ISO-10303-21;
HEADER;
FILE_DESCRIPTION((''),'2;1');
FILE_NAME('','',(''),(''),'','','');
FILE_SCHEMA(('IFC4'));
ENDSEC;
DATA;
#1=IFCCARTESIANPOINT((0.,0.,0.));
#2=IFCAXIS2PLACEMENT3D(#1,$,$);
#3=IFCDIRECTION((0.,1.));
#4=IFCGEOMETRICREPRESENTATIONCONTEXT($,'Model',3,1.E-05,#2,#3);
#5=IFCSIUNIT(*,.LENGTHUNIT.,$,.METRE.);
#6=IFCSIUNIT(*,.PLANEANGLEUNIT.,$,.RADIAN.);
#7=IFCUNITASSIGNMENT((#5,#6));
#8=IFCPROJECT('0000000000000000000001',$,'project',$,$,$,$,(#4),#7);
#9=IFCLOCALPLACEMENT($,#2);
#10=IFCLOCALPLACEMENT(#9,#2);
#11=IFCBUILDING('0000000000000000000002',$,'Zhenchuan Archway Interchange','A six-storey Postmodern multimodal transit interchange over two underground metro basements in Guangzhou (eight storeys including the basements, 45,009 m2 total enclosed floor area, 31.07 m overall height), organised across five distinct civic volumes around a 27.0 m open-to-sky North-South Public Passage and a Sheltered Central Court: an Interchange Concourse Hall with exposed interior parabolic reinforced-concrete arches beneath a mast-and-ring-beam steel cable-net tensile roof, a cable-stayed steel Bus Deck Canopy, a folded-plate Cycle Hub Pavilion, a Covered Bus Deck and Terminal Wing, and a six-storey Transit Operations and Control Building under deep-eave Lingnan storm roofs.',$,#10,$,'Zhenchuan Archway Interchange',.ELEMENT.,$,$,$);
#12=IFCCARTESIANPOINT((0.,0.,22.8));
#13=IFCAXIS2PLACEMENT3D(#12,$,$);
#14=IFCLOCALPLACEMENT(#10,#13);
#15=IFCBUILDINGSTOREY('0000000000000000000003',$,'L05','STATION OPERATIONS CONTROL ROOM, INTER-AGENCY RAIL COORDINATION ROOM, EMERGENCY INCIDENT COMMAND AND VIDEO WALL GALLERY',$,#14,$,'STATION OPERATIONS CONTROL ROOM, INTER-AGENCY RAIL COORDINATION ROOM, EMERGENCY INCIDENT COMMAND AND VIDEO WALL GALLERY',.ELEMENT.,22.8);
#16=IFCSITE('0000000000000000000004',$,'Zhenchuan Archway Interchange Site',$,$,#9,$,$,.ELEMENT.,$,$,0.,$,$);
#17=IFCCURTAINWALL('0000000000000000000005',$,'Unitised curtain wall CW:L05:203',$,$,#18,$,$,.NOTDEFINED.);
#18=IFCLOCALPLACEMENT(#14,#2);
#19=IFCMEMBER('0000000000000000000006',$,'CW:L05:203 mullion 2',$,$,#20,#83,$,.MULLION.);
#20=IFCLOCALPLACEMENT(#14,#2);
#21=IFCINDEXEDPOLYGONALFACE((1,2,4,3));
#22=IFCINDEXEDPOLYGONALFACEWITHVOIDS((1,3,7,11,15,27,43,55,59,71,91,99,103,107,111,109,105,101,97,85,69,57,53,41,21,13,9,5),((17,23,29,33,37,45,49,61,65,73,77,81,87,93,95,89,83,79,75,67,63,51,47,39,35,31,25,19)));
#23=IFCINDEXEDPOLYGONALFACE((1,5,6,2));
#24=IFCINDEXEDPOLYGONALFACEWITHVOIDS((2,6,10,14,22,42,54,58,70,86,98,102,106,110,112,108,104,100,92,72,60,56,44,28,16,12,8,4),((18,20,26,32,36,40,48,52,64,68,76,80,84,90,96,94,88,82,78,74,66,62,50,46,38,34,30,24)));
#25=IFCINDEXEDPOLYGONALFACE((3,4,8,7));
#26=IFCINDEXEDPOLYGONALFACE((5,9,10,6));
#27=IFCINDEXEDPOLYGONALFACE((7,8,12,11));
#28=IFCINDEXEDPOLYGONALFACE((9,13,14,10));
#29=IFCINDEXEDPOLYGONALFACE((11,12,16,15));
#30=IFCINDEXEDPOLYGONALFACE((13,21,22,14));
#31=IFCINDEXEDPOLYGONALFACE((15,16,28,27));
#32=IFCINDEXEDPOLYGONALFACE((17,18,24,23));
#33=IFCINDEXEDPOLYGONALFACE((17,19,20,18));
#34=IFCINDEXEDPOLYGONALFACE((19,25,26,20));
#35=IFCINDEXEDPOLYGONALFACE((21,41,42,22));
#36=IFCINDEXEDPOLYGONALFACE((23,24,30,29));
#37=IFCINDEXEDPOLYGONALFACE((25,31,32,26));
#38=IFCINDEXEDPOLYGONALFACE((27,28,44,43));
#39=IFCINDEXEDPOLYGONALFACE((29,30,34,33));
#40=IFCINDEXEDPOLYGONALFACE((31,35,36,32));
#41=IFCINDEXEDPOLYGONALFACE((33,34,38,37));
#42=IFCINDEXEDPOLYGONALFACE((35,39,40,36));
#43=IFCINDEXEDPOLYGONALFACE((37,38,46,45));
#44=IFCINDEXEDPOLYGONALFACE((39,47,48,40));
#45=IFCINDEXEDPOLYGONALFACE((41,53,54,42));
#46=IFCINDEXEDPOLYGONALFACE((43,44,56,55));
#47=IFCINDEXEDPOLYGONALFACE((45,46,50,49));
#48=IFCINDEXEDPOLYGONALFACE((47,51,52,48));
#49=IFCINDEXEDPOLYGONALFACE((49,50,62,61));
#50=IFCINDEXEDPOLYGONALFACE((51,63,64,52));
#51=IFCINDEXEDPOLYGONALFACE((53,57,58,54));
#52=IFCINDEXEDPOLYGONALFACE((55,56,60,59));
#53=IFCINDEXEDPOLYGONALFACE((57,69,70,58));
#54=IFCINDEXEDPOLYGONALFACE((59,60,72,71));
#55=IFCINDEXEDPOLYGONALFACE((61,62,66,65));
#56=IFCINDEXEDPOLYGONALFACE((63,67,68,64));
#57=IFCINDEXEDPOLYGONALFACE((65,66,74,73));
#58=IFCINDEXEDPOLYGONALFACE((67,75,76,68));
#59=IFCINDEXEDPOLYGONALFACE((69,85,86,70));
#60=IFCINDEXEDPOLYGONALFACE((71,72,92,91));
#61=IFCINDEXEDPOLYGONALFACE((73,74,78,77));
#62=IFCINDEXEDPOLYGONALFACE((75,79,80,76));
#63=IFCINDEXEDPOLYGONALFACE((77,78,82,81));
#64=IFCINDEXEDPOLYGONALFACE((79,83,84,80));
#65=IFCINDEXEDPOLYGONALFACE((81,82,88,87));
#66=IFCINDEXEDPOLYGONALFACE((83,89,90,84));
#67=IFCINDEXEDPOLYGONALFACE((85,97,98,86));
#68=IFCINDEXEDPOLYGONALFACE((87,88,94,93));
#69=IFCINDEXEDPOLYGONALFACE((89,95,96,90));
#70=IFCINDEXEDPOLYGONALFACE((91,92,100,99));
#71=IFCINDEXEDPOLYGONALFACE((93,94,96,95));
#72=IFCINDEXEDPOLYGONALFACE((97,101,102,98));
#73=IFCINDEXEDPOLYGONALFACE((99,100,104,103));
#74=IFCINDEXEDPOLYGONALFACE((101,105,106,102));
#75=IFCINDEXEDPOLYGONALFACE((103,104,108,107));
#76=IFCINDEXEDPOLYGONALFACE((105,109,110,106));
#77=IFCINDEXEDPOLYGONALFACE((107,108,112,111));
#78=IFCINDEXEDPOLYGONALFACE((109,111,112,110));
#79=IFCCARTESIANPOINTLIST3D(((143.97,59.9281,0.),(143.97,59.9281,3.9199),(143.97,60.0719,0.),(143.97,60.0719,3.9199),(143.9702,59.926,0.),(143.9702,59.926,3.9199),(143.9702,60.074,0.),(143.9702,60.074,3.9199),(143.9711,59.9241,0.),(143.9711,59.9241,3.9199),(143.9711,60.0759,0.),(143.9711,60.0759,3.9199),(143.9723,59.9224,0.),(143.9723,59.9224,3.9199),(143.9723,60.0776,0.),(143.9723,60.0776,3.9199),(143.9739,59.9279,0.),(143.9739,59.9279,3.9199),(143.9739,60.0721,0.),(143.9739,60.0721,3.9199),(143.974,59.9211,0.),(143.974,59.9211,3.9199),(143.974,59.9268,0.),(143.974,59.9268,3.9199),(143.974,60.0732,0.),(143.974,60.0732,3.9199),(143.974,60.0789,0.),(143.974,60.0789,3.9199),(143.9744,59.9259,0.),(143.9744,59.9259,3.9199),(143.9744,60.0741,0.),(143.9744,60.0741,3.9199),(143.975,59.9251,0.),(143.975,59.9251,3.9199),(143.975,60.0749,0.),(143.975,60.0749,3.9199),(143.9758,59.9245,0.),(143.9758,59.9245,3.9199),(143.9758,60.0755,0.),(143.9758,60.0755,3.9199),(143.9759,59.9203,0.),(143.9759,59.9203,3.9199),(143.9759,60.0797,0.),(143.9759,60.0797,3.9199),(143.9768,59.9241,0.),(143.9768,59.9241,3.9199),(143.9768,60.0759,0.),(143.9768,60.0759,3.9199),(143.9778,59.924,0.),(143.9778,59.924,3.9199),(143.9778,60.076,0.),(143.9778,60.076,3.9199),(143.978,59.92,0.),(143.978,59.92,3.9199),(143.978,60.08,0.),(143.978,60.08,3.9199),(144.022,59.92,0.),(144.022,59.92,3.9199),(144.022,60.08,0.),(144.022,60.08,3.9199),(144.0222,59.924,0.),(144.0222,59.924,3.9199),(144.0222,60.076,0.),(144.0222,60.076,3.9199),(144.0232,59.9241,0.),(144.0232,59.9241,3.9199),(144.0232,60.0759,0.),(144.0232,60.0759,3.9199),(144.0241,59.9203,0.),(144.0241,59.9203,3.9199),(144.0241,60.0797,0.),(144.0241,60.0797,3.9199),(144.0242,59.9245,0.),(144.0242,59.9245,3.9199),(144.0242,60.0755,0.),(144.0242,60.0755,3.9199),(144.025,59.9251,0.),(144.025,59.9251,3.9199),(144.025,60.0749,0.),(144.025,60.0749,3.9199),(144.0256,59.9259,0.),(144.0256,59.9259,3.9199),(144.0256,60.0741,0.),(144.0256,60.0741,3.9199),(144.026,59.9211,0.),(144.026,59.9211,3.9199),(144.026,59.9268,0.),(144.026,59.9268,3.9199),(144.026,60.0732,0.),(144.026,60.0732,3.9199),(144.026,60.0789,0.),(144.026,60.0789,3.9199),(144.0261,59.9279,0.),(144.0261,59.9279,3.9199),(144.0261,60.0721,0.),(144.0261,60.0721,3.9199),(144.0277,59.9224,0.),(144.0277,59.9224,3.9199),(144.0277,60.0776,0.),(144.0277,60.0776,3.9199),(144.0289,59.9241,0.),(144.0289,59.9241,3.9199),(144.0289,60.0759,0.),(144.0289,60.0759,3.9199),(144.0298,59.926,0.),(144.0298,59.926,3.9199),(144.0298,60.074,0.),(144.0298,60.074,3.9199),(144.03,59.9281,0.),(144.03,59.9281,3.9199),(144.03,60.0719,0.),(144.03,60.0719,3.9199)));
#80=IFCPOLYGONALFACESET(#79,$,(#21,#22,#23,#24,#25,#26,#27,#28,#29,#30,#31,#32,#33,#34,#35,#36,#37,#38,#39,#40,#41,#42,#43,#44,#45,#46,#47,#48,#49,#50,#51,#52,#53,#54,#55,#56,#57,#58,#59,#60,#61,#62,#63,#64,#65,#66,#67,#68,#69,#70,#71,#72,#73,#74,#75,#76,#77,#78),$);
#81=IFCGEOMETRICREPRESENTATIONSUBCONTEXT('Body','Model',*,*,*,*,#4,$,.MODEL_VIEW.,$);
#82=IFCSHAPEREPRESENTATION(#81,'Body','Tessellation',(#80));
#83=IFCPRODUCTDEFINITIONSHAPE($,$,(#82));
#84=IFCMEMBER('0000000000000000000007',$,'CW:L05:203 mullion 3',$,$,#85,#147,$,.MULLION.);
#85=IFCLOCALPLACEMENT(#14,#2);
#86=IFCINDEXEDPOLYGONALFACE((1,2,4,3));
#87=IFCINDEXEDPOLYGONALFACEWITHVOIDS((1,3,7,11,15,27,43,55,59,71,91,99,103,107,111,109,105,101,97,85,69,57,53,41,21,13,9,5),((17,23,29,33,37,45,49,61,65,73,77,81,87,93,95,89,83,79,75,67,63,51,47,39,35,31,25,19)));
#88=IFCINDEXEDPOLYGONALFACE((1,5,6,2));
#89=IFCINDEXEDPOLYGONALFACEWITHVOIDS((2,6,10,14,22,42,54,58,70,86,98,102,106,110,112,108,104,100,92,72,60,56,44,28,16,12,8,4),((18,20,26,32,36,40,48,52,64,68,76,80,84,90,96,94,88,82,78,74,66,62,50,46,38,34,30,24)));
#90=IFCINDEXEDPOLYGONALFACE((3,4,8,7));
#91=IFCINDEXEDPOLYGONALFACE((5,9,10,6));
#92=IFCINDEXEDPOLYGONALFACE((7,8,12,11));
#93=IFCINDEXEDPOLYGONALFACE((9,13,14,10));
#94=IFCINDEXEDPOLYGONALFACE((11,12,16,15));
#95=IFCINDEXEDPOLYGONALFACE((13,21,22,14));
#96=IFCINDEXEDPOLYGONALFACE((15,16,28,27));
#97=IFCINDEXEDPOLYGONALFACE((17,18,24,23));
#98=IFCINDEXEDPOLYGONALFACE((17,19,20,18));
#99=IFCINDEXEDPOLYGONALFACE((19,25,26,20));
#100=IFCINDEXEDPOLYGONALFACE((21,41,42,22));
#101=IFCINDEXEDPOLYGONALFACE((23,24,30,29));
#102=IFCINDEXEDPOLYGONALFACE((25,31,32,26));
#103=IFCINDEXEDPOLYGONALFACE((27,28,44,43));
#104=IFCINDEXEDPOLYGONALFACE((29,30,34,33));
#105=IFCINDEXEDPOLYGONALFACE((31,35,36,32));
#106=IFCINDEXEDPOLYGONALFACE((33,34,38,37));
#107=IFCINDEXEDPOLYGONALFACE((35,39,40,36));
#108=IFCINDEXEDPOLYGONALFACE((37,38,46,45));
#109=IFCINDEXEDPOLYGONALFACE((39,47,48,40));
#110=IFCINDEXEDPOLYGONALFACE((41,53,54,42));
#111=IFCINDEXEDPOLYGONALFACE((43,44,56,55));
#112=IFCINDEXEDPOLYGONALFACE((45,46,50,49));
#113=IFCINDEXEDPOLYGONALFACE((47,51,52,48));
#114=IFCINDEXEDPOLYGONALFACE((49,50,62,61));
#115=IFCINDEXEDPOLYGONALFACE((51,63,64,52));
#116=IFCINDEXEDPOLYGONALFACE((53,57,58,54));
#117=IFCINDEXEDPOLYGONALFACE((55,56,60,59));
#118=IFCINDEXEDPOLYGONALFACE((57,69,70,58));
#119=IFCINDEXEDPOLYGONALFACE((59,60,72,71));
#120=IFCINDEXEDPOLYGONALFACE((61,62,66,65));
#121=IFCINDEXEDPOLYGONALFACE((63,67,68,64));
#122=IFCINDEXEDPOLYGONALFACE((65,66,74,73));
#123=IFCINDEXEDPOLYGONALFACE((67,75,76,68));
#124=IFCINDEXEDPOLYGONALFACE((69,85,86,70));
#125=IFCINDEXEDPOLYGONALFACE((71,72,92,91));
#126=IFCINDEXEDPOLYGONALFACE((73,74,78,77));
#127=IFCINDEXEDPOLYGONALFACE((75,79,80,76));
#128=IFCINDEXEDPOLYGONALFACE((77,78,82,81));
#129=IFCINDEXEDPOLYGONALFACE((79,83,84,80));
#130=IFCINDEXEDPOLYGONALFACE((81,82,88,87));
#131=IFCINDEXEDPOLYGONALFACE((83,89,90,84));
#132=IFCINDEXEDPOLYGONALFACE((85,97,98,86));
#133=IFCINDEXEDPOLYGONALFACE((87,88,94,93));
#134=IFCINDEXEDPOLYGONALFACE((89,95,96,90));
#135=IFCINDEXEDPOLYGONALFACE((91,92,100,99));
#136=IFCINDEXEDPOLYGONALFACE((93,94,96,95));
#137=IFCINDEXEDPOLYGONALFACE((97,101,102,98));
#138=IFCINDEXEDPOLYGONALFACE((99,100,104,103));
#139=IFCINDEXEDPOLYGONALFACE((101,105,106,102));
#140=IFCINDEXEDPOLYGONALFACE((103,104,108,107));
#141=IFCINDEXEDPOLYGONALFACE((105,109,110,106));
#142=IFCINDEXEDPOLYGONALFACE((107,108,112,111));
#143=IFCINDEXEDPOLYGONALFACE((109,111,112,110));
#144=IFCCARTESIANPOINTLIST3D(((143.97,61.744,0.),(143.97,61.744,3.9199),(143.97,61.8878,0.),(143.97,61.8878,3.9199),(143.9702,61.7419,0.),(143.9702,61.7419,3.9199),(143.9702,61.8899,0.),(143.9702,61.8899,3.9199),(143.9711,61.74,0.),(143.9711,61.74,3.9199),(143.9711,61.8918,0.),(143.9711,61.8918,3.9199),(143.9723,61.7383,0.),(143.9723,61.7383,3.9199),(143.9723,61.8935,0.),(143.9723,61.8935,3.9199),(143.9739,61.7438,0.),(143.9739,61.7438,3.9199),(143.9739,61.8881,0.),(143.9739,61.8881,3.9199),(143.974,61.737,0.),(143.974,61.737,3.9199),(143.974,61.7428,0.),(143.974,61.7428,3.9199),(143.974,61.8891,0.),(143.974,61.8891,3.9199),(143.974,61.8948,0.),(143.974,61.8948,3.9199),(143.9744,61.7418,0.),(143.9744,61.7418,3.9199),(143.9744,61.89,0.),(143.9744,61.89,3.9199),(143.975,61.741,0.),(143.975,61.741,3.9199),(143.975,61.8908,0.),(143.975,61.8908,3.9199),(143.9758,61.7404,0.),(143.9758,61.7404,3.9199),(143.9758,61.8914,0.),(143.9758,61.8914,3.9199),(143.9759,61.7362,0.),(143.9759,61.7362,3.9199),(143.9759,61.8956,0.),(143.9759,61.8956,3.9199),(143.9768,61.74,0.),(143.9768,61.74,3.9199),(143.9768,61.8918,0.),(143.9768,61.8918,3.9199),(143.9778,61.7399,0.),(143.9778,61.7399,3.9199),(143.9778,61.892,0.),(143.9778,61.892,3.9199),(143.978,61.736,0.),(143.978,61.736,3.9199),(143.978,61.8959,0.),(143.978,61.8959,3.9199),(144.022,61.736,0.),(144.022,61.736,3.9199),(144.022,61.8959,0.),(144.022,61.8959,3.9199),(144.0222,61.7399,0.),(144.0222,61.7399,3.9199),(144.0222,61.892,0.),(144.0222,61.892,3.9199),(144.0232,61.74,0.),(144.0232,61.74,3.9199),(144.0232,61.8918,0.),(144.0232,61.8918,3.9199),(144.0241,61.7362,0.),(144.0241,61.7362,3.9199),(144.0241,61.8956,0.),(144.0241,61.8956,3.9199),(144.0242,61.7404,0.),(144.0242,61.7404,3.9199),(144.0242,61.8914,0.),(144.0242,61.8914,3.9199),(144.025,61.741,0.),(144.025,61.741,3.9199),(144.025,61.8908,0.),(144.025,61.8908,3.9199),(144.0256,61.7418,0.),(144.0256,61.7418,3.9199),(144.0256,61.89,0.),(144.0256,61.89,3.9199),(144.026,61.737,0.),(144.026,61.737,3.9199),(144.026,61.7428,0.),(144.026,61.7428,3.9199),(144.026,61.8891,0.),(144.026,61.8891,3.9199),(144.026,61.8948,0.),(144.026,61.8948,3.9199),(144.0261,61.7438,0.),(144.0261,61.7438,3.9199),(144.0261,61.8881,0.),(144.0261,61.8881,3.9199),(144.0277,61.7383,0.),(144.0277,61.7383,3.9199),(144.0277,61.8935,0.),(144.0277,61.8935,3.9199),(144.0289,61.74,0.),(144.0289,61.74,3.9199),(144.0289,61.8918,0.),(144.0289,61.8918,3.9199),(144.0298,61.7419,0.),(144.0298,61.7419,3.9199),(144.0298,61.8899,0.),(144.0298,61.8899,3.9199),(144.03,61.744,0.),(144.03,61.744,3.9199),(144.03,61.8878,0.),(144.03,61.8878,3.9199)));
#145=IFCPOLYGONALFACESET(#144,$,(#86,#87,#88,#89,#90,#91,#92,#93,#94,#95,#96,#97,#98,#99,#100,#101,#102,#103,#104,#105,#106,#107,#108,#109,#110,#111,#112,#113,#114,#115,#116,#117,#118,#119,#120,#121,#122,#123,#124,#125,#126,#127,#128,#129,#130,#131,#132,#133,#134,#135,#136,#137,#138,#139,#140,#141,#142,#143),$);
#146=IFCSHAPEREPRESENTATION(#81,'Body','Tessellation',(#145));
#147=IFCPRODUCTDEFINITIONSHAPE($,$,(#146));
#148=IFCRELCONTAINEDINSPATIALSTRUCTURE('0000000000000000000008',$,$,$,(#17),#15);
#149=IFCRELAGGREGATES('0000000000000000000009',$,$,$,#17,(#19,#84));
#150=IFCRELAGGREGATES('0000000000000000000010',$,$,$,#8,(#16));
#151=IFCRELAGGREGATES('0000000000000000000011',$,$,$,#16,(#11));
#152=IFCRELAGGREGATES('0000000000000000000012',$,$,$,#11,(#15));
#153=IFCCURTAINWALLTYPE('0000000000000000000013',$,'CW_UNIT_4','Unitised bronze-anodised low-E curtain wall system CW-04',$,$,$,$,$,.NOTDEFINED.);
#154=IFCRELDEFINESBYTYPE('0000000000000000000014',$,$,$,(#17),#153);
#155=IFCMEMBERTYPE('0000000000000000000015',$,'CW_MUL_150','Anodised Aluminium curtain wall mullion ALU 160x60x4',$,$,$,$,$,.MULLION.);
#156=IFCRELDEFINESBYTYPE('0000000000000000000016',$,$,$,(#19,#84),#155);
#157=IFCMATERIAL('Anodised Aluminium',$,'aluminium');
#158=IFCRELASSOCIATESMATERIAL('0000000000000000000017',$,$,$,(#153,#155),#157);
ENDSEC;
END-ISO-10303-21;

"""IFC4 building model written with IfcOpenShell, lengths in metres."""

from ifc_helpers import new_model, si_unit, direction, frame, origin, origin_2d, place, context, subcontext, project, spatial, hollow_rectangle, extrude, material, material_profile, profile_set, type_object, element, aggregate, save


model = new_model("IFC4")

# Units and contexts
model_context = context("Model", 3, precision=1e-05, world=origin(), true_north=direction((0.0, 1.0)))
body_context = subcontext(model_context, "Body", "Model", "MODEL_VIEW")
ifc_project = project(units=[si_unit("LENGTHUNIT", "METRE"), si_unit("PLANEANGLEUNIT", "RADIAN")], contexts=[model_context])

# Site, building, storey
site_placement = place(None, origin())
site = spatial("IfcSite", under=ifc_project, at=site_placement, Name="Zhenchuan Archway Interchange Site", CompositionType="ELEMENT", RefElevation=0.0)
building_placement = place(site_placement, origin())
building = spatial("IfcBuilding", under=site, at=building_placement, Name="Zhenchuan Archway Interchange", Description="A six-storey Postmodern multimodal transit interchange over two underground metro basements in Guangzhou (eight storeys including the basements, 45,009 m2 total enclosed floor area, 31.07 m overall height), organised across five distinct civic volumes around a 27.0 m open-to-sky North-South Public Passage and a Sheltered Central Court: an Interchange Concourse Hall with exposed interior parabolic reinforced-concrete arches beneath a mast-and-ring-beam steel cable-net tensile roof, a cable-stayed steel Bus Deck Canopy, a folded-plate Cycle Hub Pavilion, a Covered Bus Deck and Terminal Wing, and a six-storey Transit Operations and Control Building under deep-eave Lingnan storm roofs.", LongName="Zhenchuan Archway Interchange", CompositionType="ELEMENT")
storey_placement = place(building_placement, frame((0.0, 0.0, 22.8)))
storey = spatial("IfcBuildingStorey", under=building, at=storey_placement, Name="L05", Description="STATION OPERATIONS CONTROL ROOM, INTER-AGENCY RAIL COORDINATION ROOM, EMERGENCY INCIDENT COMMAND AND VIDEO WALL GALLERY", LongName="STATION OPERATIONS CONTROL ROOM, INTER-AGENCY RAIL COORDINATION ROOM, EMERGENCY INCIDENT COMMAND AND VIDEO WALL GALLERY", CompositionType="ELEMENT", Elevation=22.8)

# Curtain wall, members
ifc_material_1 = material(Name="Anodised Aluminium", Category="aluminium")
curtain_wall_type = type_object("IfcCurtainWallType", Name="CW_UNIT_4", Description="Unitised bronze-anodised low-E curtain wall system CW-04", PredefinedType="NOTDEFINED", material=ifc_material_1)
curtain_wall_placement = place(storey_placement, origin())
curtain_wall = element("IfcCurtainWall", 1, at=curtain_wall_placement, inside=storey, type_object=curtain_wall_type, Name="Unitised curtain wall CW:L05:203", PredefinedType="NOTDEFINED")
ifc_material_profile_1 = material_profile(ifc_material_1, hollow_rectangle(XDim=0.0601, YDim=0.1599, WallThickness=0.0039, InnerFilletRadius=0.0039, OuterFilletRadius=0.0081, at=origin_2d()), Name="ALU 160x60x4")
ifc_profile_set_1 = profile_set([ifc_material_profile_1], Name="Anodised Aluminium")
member_type_1 = type_object("IfcMemberType", Name="CW_MUL_150", Description="Anodised Aluminium curtain wall mullion ALU 160x60x4", PredefinedType="MULLION", material=ifc_profile_set_1)
member_1_placement = place(storey_placement, frame((144.0, 60.0, 0.0), z_axis=(0.0, 0.0, 1.0), x_axis=(1.0, 0.0, 0.0)))
member_1 = element("IfcMember", 2, at=member_1_placement, type_object=member_type_1, Name="CW:L05:203 mullion 2", PredefinedType="MULLION", context=body_context, shape_type="SweptSolid", body=[
    extrude(hollow_rectangle(XDim=0.0601, YDim=0.1599, WallThickness=0.0039, InnerFilletRadius=0.0039, OuterFilletRadius=0.0081, at=origin_2d()), origin(), (0.0, 0.0, 1.0), 3.9199),
])
member_2_placement = place(storey_placement, frame((144.0, 61.8159, 0.0), z_axis=(0.0, 0.0, 1.0), x_axis=(1.0, 0.0, 0.0)))
member_2 = element("IfcMember", 3, at=member_2_placement, type_object=member_type_1, Name="CW:L05:203 mullion 3", PredefinedType="MULLION", context=body_context, shape_type="SweptSolid", body=[
    extrude(hollow_rectangle(XDim=0.0601, YDim=0.1599, WallThickness=0.0039, InnerFilletRadius=0.0039, OuterFilletRadius=0.0081, at=origin_2d()), origin(), (0.0, 0.0, 1.0), 3.9199),
])
aggregate(curtain_wall, [member_1, member_2])

save(model, "model.ifc")
